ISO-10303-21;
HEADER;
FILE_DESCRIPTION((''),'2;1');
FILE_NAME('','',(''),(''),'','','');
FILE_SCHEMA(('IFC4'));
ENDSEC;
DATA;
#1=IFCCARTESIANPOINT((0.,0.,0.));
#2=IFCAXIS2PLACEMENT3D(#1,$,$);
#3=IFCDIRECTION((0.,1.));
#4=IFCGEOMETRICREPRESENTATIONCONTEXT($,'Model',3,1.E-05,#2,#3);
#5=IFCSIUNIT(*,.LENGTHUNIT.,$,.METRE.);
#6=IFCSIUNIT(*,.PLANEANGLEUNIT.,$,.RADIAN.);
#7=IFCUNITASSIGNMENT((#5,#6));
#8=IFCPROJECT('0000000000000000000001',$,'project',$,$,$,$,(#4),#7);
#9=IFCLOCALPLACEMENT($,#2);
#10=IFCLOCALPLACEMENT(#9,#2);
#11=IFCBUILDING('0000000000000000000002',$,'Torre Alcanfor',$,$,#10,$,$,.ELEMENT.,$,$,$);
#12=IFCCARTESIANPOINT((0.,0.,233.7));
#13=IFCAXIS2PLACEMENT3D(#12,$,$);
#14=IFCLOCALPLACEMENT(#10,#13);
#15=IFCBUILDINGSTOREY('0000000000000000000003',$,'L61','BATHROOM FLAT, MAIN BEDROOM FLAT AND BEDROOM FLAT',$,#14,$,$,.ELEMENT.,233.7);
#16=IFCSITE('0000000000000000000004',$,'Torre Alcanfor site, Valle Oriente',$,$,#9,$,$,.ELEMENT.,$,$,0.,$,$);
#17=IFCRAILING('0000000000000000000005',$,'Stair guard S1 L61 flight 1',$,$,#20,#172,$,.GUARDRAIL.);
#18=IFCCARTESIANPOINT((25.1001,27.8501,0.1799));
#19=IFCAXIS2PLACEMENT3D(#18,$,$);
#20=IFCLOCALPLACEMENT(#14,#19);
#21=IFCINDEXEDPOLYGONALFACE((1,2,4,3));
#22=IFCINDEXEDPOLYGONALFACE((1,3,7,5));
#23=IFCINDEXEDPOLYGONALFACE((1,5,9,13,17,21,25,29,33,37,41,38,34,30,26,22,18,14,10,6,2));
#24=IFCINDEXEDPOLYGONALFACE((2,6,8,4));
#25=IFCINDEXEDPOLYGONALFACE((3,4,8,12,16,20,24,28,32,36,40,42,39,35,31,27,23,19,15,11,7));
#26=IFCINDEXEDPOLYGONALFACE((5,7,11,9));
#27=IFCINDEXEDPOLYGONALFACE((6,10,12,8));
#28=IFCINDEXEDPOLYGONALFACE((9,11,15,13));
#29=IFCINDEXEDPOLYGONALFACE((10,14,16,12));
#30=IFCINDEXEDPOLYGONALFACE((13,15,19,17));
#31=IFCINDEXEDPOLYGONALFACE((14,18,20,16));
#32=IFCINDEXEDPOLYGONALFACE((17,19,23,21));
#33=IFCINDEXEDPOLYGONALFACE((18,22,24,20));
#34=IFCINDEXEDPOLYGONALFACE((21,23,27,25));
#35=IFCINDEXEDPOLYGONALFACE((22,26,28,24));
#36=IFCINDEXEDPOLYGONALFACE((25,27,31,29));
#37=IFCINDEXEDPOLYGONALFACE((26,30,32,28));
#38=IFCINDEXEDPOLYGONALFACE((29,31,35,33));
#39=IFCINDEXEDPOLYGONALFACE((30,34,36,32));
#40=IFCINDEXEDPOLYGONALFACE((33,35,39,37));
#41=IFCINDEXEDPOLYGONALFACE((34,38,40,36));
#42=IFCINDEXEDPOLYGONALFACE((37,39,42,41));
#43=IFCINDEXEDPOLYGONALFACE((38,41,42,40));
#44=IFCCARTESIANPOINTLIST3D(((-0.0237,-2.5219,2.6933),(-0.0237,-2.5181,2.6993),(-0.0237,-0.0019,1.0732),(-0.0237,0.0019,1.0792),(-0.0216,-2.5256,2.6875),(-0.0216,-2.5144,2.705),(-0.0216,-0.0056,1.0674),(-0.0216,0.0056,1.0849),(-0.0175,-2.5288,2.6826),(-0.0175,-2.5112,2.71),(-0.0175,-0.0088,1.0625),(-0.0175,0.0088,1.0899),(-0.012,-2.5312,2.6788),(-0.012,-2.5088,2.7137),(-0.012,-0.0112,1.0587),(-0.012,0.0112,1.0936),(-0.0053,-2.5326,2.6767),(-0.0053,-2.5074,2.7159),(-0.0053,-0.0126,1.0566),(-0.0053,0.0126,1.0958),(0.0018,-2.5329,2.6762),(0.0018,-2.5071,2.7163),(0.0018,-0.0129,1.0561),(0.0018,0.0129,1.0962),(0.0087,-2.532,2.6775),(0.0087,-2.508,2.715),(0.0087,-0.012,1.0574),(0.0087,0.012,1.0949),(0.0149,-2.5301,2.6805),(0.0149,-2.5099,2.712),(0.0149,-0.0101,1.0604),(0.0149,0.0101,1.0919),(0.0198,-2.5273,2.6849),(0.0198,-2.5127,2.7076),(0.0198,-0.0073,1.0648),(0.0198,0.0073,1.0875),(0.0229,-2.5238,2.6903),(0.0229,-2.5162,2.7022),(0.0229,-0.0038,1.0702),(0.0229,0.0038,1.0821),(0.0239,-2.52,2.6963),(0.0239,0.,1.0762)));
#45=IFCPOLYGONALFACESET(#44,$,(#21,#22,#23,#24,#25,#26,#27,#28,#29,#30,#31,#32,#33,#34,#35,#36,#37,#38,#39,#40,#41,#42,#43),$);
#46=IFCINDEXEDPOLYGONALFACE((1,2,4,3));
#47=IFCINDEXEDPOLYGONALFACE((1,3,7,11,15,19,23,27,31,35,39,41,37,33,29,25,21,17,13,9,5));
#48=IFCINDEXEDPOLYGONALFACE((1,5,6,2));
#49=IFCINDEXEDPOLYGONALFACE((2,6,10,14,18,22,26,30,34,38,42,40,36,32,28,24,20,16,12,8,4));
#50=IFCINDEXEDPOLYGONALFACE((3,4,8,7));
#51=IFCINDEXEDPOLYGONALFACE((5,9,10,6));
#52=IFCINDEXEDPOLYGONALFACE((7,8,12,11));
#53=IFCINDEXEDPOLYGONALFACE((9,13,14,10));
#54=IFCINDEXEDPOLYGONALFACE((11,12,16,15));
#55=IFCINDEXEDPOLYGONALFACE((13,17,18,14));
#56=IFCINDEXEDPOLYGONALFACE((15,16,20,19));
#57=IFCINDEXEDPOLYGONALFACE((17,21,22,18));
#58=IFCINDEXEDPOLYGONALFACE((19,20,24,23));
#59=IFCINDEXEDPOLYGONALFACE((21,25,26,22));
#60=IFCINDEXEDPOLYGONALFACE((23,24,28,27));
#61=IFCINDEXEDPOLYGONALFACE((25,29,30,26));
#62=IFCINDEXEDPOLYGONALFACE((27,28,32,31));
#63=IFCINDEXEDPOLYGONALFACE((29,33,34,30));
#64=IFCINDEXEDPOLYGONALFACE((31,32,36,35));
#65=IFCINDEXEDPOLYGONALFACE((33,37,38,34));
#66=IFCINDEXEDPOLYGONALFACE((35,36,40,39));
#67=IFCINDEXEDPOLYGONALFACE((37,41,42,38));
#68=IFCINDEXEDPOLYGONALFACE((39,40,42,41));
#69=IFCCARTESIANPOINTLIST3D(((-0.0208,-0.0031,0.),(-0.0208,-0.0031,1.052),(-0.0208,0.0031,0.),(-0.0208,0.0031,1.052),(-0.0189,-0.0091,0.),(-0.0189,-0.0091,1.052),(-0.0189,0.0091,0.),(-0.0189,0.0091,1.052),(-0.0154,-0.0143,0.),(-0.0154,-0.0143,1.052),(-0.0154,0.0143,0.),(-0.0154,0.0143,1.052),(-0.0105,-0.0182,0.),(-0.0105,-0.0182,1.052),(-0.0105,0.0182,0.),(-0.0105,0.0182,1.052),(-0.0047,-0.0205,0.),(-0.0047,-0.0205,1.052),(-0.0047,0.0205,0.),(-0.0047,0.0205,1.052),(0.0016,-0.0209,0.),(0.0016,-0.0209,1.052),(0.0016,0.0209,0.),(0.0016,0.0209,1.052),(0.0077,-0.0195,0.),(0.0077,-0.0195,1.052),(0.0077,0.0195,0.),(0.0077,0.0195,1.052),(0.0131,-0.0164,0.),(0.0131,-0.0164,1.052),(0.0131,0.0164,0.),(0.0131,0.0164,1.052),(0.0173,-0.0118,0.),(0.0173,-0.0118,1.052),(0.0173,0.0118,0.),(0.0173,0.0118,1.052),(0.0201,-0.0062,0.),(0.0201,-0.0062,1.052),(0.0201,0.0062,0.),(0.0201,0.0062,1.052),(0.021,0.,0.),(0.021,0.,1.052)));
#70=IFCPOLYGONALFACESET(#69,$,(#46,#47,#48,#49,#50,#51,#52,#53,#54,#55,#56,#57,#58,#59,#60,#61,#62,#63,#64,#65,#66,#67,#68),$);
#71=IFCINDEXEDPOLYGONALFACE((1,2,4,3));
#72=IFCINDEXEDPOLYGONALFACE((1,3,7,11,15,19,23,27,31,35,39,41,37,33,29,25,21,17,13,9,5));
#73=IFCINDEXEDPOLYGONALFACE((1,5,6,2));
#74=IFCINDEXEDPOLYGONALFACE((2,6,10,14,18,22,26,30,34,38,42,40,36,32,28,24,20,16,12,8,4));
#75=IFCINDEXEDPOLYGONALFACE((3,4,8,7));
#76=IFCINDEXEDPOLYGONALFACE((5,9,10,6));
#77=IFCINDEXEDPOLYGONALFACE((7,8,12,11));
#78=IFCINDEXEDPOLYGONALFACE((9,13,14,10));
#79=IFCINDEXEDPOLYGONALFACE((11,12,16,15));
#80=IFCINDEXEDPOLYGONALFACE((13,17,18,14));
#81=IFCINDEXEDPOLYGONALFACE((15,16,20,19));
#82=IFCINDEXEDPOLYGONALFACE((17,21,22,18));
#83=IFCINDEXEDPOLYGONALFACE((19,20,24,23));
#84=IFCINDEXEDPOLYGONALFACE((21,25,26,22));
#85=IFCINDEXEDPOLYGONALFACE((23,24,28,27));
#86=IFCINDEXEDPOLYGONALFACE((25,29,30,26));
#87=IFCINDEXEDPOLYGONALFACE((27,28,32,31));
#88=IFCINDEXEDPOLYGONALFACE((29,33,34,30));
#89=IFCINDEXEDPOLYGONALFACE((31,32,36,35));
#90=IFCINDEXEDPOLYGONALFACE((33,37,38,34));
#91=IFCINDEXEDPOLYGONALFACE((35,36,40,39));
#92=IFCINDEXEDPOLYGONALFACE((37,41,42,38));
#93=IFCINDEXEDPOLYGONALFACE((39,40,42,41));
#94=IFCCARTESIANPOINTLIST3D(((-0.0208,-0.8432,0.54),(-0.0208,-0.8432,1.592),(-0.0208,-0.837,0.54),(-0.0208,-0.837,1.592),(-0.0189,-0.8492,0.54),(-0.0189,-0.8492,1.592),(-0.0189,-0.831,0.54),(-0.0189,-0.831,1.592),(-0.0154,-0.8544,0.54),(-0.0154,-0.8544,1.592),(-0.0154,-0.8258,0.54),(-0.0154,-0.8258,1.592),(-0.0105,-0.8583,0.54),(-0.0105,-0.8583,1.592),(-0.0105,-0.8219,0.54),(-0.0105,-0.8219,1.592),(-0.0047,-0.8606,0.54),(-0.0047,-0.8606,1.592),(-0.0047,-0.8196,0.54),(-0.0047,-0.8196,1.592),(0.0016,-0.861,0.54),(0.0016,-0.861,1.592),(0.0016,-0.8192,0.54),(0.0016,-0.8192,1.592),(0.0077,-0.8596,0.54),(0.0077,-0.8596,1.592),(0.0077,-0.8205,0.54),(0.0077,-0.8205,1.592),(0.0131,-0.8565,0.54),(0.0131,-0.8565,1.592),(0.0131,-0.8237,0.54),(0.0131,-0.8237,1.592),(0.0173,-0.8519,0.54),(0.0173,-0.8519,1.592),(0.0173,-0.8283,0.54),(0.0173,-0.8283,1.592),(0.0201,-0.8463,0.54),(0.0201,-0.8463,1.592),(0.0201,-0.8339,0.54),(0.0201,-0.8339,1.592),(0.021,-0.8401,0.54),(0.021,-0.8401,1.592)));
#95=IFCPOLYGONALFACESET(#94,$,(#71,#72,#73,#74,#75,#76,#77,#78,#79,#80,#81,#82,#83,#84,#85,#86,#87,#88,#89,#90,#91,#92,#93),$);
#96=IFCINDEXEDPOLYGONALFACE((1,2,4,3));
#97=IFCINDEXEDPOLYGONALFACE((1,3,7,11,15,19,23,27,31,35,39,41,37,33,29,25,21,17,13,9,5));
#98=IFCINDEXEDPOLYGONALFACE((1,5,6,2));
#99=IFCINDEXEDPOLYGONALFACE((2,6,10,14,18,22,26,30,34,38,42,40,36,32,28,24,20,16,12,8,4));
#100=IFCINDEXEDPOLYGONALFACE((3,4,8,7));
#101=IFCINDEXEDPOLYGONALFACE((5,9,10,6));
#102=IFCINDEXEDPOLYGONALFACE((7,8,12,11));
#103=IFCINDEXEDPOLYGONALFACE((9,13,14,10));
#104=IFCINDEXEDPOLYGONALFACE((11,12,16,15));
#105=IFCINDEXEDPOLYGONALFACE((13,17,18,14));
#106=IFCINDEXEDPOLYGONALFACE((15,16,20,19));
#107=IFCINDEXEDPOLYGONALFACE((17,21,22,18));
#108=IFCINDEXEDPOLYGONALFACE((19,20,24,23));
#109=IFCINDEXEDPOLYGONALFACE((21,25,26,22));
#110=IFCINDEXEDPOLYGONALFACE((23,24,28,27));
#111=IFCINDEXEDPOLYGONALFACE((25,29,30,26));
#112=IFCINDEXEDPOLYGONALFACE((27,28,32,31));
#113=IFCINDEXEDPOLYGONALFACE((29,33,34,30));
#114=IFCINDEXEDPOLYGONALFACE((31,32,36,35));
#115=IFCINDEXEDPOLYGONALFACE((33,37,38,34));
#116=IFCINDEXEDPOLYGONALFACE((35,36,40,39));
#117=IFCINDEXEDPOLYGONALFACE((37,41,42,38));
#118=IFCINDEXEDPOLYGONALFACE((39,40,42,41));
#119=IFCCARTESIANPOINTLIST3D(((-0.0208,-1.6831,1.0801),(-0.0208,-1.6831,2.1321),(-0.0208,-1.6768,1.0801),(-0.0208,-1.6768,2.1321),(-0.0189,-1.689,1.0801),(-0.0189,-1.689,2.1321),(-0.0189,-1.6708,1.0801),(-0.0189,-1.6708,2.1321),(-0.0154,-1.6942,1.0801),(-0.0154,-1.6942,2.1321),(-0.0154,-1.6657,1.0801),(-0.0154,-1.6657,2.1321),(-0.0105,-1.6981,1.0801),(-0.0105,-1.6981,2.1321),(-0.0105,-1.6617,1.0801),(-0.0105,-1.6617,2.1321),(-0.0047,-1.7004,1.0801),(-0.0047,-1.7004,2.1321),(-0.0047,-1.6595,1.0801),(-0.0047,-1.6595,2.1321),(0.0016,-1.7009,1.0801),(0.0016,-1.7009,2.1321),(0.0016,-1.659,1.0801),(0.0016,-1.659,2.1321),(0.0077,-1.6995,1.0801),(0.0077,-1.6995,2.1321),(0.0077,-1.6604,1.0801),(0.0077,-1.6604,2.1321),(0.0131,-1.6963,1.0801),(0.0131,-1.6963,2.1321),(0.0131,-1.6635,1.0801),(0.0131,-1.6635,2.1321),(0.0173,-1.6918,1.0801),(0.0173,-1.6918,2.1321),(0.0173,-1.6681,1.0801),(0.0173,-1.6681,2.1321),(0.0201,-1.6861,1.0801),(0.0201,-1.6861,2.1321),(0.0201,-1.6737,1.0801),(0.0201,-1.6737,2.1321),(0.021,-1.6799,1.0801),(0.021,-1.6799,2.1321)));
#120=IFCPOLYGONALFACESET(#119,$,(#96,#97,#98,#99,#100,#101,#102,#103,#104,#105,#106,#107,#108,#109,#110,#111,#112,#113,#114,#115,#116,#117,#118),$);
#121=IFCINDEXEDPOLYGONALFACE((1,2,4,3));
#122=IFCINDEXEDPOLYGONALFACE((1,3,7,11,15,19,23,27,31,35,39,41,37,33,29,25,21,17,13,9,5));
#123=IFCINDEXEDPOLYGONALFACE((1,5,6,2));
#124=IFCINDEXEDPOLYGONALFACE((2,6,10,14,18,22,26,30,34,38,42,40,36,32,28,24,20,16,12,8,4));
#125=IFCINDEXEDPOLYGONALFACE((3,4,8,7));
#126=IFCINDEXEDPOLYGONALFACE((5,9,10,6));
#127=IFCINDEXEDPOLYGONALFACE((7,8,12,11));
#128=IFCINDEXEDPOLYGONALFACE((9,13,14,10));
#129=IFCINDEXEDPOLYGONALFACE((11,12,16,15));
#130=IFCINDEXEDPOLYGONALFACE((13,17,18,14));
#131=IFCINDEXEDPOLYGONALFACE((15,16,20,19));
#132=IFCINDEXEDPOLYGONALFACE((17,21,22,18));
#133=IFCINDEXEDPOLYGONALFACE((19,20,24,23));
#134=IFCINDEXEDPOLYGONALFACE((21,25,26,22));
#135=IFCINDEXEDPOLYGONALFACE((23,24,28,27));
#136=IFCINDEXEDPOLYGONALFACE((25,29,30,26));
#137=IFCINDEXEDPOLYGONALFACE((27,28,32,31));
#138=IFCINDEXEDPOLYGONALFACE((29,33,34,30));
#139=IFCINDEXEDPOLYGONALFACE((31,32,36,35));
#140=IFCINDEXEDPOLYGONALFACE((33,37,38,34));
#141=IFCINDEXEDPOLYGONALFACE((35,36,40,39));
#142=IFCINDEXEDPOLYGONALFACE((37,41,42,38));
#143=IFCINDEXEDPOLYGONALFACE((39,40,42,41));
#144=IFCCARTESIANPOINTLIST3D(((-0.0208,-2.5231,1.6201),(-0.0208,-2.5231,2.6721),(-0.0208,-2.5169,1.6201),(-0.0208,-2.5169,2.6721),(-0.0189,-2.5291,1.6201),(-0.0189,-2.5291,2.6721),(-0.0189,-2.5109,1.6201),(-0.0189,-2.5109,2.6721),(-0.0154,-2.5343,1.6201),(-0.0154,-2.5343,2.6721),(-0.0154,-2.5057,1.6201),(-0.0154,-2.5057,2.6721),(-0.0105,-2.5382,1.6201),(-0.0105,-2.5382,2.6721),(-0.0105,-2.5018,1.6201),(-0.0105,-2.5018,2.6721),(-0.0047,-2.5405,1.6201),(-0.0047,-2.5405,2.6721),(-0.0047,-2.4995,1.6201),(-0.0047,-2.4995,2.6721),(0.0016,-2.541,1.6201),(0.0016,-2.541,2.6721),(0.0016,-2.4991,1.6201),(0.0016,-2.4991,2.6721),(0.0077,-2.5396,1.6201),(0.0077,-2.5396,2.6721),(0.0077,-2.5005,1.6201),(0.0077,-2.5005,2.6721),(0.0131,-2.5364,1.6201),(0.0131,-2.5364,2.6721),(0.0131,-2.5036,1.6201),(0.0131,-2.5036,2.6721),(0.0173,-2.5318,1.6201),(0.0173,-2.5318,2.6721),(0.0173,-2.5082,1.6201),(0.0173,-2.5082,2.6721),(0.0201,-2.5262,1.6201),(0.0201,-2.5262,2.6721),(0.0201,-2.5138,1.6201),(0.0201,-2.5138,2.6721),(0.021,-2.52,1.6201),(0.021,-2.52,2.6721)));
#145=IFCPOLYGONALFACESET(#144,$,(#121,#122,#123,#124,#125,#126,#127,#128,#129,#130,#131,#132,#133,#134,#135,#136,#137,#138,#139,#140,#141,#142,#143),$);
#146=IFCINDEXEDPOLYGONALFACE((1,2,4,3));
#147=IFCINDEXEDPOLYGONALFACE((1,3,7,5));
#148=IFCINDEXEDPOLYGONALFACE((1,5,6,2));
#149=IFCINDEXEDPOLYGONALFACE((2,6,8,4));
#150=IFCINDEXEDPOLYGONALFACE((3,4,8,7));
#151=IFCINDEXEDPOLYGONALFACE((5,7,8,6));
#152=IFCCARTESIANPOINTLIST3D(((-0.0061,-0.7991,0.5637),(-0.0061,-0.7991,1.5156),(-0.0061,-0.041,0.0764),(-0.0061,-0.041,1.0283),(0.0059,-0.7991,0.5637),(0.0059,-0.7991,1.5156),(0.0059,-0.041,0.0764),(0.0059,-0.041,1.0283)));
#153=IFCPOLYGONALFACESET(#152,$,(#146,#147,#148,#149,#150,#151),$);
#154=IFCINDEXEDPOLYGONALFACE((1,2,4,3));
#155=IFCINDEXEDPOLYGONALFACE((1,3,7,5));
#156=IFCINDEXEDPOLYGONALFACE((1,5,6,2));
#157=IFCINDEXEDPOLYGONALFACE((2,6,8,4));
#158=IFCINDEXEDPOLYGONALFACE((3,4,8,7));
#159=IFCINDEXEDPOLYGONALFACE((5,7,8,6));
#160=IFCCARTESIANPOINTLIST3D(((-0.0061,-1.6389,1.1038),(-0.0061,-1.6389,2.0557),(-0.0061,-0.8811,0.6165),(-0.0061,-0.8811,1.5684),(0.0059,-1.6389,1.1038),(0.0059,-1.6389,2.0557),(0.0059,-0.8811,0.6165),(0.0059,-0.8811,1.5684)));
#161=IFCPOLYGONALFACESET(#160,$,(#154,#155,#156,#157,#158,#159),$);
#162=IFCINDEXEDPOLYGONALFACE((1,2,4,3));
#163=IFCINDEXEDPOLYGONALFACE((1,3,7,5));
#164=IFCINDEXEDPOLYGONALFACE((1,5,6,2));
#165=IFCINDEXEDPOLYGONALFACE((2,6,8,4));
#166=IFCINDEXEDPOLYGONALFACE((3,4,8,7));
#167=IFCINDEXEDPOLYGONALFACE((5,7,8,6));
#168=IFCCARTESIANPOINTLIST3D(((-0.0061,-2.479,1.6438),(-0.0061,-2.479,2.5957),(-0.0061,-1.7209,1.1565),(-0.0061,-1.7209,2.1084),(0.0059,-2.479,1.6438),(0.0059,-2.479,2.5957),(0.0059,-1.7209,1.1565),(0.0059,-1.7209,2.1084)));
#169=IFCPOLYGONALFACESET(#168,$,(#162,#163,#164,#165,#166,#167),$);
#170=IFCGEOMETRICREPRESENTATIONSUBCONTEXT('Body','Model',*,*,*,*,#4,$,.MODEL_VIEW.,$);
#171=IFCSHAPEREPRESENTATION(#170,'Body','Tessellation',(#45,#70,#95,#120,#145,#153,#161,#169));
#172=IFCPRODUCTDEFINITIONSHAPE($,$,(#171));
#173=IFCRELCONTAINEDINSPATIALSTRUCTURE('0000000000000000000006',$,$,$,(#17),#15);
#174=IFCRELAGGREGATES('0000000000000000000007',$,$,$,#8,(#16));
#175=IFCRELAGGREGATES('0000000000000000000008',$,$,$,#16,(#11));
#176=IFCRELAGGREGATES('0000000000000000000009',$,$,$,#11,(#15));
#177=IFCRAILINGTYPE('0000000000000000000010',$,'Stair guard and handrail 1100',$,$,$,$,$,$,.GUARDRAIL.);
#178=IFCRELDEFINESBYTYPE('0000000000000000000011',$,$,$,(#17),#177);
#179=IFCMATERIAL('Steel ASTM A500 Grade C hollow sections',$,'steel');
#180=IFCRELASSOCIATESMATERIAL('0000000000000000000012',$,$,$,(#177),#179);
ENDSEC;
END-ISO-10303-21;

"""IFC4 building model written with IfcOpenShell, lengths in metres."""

from ifc_helpers import new_model, si_unit, direction, frame, origin, origin_2d, place, context, subcontext, project, spatial, polyline, circle, outline, extrude, material, type_object, element, save


model = new_model("IFC4")

# Units and contexts
model_context = context("Model", 3, precision=1e-05, world=origin(), true_north=direction((0.0, 1.0)))
body_context = subcontext(model_context, "Body", "Model", "MODEL_VIEW")
ifc_project = project(units=[si_unit("LENGTHUNIT", "METRE"), si_unit("PLANEANGLEUNIT", "RADIAN")], contexts=[model_context])

# Site, building, storey
site_placement = place(None, origin())
site = spatial("IfcSite", under=ifc_project, at=site_placement, Name="Torre Alcanfor site, Valle Oriente", CompositionType="ELEMENT", RefElevation=0.0)
building_placement = place(site_placement, origin())
building = spatial("IfcBuilding", under=site, at=building_placement, Name="Torre Alcanfor", CompositionType="ELEMENT")
storey_placement = place(building_placement, frame((0.0, 0.0, 233.7)))
storey = spatial("IfcBuildingStorey", under=building, at=storey_placement, Name="L61", Description="BATHROOM FLAT, MAIN BEDROOM FLAT AND BEDROOM FLAT", CompositionType="ELEMENT", Elevation=233.7)

# Railing
ifc_material_1 = material(Name="Steel ASTM A500 Grade C hollow sections", Category="steel")
railing_type = type_object("IfcRailingType", Name="Stair guard and handrail 1100", PredefinedType="GUARDRAIL", material=ifc_material_1)
railing_1_placement = place(storey_placement, frame((25.1001, 27.8501, 0.1799)))
element("IfcRailing", 1, at=railing_1_placement, inside=storey, type_object=railing_type, Name="Stair guard S1 L61 flight 1", PredefinedType="GUARDRAIL", context=body_context, shape_type="SweptSolid", body=[
    extrude(circle(Radius=0.0239, at=origin_2d()), frame((0.0, 0.0, 1.0762), z_axis=(0.0, -0.841163, 0.540782), x_axis=(1.0, 0.0, 0.0)), (0.0, 0.0, 1.0), 2.9958),
    extrude(circle(Radius=0.021, at=origin_2d()), origin(), (0.0, 0.0, 1.0), 1.052),
    extrude(circle(Radius=0.021, at=origin_2d()), frame((0.0, -0.8401, 0.54)), (0.0, 0.0, 1.0), 1.052),
    extrude(circle(Radius=0.021, at=origin_2d()), frame((0.0, -1.6799, 1.0801)), (0.0, 0.0, 1.0), 1.052),
    extrude(circle(Radius=0.021, at=origin_2d()), frame((0.0, -2.52, 1.6201)), (0.0, 0.0, 1.0), 1.052),
    extrude(outline(polyline([(0.041, 0.0764), (0.7991, 0.5637), (0.7991, 1.5156), (0.041, 1.0283), (0.041, 0.0764)])), frame((0.0059, 0.0, 0.0), z_axis=(-1.0, 0.0, 0.0), x_axis=(0.0, -1.0, 0.0)), (0.0, 0.0, 1.0), 0.012),
    extrude(outline(polyline([(0.8811, 0.6165), (1.6389, 1.1038), (1.6389, 2.0557), (0.8811, 1.5684), (0.8811, 0.6165)])), frame((0.0059, 0.0, 0.0), z_axis=(-1.0, 0.0, 0.0), x_axis=(0.0, -1.0, 0.0)), (0.0, 0.0, 1.0), 0.012),
    extrude(outline(polyline([(1.7209, 1.1565), (2.479, 1.6438), (2.479, 2.5957), (1.7209, 2.1084), (1.7209, 1.1565)])), frame((0.0059, 0.0, 0.0), z_axis=(-1.0, 0.0, 0.0), x_axis=(0.0, -1.0, 0.0)), (0.0, 0.0, 1.0), 0.012),
])

save(model, "model.ifc")
